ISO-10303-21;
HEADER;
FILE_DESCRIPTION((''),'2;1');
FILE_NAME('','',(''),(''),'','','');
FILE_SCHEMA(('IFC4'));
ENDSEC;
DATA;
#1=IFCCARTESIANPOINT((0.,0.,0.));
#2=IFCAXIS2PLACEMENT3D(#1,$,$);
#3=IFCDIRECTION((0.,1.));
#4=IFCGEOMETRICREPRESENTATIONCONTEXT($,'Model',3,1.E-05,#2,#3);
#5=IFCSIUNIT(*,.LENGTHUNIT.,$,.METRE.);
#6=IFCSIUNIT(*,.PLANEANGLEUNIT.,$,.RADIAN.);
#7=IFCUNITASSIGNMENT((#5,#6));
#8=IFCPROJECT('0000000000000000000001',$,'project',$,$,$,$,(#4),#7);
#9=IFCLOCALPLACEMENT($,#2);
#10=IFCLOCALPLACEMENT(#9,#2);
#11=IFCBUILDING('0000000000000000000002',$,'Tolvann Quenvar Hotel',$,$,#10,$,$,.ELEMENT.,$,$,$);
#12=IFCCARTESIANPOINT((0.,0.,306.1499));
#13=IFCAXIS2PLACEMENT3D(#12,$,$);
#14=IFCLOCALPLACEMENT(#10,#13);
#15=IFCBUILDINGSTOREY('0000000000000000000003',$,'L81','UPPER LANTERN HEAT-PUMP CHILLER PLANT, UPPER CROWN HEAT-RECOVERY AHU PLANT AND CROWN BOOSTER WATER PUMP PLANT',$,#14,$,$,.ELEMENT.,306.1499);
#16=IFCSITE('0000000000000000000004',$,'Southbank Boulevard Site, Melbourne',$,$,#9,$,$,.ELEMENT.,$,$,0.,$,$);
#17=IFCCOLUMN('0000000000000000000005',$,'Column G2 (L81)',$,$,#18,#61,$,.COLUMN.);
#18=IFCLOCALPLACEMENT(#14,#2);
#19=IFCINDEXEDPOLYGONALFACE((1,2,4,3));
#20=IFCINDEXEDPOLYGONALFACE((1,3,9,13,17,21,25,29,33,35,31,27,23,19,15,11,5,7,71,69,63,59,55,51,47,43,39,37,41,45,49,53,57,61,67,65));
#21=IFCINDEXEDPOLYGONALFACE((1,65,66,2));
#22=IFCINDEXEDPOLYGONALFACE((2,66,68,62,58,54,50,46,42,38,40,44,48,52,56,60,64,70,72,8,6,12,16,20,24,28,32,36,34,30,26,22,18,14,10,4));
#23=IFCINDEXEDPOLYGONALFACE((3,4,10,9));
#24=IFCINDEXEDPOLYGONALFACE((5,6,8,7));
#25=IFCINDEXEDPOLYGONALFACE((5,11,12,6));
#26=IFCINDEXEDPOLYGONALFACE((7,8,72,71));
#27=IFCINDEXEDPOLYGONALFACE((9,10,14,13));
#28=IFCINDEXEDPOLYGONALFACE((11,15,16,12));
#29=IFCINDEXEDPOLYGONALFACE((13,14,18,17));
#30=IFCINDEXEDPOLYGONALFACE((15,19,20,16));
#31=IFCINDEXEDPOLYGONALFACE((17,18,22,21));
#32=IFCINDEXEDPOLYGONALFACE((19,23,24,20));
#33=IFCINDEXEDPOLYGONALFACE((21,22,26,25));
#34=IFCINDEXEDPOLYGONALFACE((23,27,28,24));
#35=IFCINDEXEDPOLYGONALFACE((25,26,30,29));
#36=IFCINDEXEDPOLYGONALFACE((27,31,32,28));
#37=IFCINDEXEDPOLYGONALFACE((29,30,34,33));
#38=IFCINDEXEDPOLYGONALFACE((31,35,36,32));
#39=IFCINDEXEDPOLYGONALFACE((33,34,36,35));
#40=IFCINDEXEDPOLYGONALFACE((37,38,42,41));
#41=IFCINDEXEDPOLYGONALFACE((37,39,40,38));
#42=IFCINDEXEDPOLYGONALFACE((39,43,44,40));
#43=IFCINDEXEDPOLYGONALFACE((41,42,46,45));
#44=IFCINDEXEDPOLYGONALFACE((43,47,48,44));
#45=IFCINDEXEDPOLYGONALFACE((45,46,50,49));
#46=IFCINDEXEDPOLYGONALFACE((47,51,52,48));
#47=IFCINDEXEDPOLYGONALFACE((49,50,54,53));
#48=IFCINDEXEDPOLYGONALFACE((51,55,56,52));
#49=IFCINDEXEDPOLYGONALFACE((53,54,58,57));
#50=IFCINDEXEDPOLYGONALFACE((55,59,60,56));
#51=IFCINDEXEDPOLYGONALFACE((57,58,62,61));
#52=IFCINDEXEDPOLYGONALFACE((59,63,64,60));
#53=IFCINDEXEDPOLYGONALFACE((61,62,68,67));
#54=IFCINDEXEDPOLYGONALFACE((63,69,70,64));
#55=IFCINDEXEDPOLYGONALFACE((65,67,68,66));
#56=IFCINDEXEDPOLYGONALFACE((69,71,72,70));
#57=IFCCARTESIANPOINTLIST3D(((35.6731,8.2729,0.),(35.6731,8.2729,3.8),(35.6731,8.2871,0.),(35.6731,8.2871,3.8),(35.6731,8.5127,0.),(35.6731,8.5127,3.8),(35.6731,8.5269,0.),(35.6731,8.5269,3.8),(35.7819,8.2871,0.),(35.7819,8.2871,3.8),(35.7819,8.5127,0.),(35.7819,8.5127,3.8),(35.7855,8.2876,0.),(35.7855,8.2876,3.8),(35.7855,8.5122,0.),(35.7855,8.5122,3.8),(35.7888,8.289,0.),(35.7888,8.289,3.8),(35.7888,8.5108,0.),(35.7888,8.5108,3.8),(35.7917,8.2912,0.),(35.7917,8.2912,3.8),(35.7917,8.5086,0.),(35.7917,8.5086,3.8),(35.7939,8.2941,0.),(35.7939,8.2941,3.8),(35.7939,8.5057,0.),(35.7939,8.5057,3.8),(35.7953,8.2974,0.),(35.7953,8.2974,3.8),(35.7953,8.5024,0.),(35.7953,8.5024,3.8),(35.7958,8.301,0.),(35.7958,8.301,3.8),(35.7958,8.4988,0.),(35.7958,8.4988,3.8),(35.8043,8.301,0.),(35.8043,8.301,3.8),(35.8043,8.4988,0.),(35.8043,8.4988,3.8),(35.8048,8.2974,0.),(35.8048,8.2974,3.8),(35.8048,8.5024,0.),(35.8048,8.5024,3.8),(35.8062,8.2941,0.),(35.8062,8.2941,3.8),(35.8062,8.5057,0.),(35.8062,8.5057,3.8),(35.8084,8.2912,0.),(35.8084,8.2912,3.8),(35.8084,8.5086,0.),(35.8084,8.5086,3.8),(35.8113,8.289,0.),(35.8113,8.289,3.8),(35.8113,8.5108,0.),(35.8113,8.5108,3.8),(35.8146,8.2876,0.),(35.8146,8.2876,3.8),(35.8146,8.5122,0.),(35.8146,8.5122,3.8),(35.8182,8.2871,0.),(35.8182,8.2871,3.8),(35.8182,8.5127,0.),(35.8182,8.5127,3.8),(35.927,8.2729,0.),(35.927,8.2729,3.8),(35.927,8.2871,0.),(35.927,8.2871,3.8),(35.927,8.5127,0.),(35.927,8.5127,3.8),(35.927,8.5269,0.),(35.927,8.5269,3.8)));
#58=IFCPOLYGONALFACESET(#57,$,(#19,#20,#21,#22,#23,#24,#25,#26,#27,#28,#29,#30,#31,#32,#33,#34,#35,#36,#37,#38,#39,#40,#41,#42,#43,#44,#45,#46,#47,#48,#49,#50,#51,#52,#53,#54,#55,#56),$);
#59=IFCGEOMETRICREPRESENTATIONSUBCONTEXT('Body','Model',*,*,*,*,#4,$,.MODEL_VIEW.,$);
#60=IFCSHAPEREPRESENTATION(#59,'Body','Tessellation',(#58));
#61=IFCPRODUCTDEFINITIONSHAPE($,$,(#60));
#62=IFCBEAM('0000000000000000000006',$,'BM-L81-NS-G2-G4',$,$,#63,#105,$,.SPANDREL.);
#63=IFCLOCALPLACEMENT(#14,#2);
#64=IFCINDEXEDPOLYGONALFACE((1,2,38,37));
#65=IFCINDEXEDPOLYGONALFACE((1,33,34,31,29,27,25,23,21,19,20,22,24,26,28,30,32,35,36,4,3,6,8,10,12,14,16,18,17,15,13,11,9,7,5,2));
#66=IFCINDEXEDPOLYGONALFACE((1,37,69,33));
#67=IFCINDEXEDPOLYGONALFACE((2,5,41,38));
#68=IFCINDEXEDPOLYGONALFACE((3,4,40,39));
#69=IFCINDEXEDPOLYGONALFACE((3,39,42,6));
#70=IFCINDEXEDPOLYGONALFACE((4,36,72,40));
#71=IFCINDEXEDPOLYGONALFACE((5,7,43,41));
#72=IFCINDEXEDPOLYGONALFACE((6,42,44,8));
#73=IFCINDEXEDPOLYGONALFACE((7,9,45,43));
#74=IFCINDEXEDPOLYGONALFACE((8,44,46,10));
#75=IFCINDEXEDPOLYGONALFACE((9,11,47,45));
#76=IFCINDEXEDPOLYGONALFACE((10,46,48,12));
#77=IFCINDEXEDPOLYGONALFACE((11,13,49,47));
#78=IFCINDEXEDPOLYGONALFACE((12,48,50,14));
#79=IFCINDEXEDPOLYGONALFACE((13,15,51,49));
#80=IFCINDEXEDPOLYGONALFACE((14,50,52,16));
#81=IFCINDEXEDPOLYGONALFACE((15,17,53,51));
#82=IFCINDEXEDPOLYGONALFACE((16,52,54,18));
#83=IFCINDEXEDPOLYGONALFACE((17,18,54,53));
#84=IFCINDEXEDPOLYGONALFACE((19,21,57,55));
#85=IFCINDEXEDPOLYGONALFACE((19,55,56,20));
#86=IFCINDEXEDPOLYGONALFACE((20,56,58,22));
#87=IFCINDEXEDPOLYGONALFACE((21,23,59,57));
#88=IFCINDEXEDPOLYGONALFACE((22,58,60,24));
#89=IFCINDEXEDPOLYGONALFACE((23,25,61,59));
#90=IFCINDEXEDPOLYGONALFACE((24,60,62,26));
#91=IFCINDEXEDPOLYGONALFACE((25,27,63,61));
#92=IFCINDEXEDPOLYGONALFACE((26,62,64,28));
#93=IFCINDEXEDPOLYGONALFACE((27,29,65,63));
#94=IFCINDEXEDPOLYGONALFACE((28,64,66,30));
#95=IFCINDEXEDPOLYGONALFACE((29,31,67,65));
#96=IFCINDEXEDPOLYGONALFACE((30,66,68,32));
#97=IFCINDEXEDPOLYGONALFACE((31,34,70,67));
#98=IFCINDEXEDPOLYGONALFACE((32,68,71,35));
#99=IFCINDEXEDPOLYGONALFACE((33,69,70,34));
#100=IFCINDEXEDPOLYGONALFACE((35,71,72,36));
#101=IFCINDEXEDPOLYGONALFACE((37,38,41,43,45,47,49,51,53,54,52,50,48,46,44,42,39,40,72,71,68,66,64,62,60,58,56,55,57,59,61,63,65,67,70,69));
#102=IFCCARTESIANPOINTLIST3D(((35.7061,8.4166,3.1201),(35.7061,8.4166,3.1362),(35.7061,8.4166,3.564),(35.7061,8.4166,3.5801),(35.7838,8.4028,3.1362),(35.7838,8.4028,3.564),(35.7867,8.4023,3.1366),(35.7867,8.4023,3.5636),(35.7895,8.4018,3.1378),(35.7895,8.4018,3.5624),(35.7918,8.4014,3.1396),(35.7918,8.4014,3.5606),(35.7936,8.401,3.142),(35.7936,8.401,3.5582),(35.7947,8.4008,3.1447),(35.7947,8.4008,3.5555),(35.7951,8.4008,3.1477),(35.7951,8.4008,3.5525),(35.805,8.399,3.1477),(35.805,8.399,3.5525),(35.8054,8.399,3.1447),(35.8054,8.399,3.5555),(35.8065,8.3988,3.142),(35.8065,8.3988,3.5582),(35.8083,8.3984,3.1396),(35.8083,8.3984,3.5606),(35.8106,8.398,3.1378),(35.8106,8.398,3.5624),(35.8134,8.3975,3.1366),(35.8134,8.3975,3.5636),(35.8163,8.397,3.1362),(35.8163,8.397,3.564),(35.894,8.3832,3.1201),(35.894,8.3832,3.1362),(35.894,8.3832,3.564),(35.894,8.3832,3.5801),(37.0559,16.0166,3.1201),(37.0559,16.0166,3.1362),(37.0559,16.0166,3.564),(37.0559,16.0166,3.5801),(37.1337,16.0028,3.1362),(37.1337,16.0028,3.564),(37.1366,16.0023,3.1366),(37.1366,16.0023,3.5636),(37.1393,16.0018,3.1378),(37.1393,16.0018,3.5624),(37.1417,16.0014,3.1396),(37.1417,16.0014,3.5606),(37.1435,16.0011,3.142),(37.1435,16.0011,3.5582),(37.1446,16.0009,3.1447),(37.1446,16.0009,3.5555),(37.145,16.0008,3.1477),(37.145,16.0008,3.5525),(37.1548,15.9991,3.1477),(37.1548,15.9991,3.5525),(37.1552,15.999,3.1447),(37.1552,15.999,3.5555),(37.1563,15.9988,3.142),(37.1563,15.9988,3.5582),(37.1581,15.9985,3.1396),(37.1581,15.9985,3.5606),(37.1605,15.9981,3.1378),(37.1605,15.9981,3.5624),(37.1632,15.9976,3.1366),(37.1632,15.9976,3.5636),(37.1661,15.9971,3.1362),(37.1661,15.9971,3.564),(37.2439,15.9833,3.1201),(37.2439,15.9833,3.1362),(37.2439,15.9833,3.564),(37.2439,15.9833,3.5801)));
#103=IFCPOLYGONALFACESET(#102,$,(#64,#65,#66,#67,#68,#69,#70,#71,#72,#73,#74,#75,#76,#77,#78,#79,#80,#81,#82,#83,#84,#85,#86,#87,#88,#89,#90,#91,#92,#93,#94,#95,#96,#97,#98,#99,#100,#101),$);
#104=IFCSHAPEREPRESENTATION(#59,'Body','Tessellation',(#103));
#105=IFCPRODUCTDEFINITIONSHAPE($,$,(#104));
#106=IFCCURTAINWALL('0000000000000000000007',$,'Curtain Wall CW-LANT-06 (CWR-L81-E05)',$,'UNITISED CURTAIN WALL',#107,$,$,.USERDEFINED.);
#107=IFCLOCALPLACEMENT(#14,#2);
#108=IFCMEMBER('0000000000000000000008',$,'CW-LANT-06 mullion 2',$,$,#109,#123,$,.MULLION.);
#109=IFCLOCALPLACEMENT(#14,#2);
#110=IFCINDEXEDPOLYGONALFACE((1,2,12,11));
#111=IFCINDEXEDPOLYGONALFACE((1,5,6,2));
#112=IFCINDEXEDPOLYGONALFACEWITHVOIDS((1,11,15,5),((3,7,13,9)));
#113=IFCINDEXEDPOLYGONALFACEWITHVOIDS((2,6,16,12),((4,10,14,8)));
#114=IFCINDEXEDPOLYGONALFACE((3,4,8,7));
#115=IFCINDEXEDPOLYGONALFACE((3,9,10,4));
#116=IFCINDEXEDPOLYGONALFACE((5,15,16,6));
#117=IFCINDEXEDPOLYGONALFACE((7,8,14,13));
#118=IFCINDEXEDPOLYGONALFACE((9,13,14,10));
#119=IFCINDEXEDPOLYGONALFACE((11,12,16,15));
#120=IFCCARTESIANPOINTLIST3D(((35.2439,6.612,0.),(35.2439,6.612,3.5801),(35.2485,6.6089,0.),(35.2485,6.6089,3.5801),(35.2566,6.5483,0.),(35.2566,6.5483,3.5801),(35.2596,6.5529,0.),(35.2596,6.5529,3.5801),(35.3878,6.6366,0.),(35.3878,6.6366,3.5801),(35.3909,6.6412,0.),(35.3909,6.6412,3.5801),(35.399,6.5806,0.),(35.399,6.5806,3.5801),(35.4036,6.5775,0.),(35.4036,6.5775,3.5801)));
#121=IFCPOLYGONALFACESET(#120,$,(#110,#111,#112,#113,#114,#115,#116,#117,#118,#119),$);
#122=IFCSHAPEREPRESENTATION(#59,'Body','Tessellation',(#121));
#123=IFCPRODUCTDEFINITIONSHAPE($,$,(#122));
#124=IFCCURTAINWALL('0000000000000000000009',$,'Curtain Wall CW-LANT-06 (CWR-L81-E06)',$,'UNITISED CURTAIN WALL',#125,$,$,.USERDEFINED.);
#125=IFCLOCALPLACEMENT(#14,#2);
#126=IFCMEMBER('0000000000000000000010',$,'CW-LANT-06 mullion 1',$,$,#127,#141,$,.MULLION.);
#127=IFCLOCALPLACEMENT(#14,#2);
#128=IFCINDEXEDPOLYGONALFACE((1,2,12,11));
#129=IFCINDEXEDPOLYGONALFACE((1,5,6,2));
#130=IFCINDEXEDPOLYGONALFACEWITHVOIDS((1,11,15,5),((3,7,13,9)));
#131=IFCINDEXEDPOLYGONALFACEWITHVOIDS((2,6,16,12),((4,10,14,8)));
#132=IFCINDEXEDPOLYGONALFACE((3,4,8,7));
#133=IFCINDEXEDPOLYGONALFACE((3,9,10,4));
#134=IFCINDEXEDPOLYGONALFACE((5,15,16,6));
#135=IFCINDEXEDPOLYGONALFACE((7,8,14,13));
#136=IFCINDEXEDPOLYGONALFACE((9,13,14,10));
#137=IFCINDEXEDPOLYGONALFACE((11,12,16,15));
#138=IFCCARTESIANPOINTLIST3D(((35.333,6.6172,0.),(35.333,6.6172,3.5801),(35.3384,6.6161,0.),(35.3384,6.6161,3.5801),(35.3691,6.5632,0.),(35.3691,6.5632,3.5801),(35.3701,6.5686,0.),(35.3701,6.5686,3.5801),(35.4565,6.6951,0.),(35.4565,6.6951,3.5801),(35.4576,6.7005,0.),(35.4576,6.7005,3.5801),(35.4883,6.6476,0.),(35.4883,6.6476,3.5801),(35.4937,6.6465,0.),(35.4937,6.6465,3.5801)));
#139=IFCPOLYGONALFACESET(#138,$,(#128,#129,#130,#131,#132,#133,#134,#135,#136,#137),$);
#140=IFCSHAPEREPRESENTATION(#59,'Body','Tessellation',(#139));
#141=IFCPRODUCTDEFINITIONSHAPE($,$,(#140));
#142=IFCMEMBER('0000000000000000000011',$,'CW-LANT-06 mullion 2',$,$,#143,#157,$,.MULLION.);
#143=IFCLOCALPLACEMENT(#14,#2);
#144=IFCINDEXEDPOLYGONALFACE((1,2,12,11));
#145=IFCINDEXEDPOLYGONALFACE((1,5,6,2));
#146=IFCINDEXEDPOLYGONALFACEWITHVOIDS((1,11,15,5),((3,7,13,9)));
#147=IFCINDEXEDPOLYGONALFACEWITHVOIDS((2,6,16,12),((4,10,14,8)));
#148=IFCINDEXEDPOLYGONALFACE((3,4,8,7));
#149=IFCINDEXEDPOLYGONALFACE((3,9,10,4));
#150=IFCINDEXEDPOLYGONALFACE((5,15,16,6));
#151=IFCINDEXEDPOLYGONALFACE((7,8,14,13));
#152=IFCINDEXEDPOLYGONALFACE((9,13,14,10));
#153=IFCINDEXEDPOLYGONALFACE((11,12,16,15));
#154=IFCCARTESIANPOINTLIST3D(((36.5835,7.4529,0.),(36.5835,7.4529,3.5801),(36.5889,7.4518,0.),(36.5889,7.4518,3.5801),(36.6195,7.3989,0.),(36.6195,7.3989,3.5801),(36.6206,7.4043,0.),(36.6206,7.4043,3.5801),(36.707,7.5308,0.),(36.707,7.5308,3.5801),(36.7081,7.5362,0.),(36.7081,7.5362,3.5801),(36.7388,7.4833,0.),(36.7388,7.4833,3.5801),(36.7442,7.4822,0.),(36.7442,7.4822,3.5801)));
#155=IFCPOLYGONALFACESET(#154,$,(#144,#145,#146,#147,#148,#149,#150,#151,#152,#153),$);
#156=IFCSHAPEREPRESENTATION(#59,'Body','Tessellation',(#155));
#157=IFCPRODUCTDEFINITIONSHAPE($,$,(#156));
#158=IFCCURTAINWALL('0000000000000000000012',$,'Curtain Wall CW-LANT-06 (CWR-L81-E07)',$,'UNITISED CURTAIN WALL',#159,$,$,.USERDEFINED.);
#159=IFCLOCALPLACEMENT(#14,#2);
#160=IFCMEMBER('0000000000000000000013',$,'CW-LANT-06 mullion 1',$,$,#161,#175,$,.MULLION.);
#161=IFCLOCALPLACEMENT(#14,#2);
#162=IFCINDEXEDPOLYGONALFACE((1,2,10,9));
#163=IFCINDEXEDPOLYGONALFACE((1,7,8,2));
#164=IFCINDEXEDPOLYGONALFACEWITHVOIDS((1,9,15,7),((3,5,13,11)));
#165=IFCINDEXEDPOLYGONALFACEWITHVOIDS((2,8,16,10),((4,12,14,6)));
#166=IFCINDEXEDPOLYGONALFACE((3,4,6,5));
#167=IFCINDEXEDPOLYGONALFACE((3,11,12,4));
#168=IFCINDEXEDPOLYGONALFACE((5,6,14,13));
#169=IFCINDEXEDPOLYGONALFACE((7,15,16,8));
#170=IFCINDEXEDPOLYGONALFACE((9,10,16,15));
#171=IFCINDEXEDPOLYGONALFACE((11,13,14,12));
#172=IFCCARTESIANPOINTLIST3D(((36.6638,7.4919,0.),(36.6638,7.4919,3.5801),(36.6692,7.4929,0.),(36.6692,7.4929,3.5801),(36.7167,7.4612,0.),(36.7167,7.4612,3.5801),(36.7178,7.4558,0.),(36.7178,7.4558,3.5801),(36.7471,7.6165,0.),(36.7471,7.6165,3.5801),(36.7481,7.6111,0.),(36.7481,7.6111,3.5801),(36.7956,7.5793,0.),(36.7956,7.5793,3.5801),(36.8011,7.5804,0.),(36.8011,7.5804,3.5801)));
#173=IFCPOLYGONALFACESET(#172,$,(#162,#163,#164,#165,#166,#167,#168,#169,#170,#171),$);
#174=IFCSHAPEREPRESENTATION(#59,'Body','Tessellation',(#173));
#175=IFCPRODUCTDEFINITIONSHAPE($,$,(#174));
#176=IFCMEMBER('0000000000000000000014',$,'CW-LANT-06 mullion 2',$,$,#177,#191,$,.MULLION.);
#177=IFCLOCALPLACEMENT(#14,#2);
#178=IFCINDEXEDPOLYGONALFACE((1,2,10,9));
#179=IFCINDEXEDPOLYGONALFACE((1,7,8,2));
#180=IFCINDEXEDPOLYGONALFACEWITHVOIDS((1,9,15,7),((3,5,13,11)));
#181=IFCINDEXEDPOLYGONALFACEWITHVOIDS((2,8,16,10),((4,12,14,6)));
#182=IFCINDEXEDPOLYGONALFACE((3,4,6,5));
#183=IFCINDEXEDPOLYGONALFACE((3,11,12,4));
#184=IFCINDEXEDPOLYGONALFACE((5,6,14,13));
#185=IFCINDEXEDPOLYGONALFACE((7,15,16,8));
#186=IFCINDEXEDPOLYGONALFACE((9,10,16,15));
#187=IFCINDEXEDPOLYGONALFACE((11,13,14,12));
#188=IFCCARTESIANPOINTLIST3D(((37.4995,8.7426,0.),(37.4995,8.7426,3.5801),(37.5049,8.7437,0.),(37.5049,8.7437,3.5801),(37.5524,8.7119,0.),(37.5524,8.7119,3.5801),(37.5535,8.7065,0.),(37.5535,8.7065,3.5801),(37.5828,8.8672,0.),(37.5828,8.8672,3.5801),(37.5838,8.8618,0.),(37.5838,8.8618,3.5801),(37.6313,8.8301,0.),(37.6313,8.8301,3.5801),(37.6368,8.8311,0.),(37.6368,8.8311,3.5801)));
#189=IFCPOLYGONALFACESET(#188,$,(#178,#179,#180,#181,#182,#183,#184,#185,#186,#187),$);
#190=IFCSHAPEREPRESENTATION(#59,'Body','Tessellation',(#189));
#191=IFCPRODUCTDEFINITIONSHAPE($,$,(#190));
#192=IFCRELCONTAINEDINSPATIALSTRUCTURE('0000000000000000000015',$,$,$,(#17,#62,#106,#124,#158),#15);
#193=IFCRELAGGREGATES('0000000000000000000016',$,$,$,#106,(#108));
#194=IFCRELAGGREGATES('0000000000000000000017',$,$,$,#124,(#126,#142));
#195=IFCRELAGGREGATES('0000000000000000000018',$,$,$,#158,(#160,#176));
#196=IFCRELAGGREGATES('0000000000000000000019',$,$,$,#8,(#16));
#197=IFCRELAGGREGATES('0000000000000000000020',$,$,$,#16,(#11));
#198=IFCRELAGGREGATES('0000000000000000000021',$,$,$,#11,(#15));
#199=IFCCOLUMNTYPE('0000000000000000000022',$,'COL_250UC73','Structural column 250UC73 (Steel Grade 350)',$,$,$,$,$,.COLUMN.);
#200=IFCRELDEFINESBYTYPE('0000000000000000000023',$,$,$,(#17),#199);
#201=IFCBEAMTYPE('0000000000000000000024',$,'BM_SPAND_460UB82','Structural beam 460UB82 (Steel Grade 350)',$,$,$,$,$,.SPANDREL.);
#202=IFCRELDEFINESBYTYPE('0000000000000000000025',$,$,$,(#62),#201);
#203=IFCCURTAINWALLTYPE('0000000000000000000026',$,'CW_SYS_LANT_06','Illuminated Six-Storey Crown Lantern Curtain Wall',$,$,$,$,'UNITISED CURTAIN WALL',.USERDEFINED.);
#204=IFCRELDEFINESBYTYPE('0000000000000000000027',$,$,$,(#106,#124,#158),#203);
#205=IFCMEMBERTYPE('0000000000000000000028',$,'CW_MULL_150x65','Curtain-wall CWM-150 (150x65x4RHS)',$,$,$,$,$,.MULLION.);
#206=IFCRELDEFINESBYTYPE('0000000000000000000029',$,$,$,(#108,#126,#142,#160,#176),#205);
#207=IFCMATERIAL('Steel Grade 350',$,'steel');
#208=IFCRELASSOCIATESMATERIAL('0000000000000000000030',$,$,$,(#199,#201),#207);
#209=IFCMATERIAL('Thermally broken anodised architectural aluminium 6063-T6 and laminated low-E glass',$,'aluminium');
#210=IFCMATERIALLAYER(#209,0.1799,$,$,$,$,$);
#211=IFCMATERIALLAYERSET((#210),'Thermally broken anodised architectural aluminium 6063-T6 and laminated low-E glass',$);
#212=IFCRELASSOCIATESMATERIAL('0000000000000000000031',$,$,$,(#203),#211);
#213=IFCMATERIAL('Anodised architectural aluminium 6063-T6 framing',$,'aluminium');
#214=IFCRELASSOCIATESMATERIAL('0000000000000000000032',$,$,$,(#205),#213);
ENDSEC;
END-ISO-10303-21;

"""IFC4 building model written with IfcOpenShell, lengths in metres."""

from ifc_helpers import new_model, si_unit, direction, frame, origin, origin_2d, place, context, subcontext, project, spatial, hollow_rectangle, i_section, extrude, source, transform, mapped, material, layer, layer_set, material_profile, profile_set, type_object, type_shapes, element, aggregate, save


model = new_model("IFC4")

# Units and contexts
model_context = context("Model", 3, precision=1e-05, world=origin(), true_north=direction((0.0, 1.0)))
body_context = subcontext(model_context, "Body", "Model", "MODEL_VIEW")
ifc_project = project(units=[si_unit("LENGTHUNIT", "METRE"), si_unit("PLANEANGLEUNIT", "RADIAN")], contexts=[model_context])

# Site, building, storey
site_placement = place(None, origin())
site = spatial("IfcSite", under=ifc_project, at=site_placement, Name="Southbank Boulevard Site, Melbourne", CompositionType="ELEMENT", RefElevation=0.0)
building_placement = place(site_placement, origin())
building = spatial("IfcBuilding", under=site, at=building_placement, Name="Tolvann Quenvar Hotel", CompositionType="ELEMENT")
storey_placement = place(building_placement, frame((0.0, 0.0, 306.1499)))
storey = spatial("IfcBuildingStorey", under=building, at=storey_placement, Name="L81", Description="UPPER LANTERN HEAT-PUMP CHILLER PLANT, UPPER CROWN HEAT-RECOVERY AHU PLANT AND CROWN BOOSTER WATER PUMP PLANT", CompositionType="ELEMENT", Elevation=306.1499)

# Column
ifc_material_1 = material(Name="Steel Grade 350", Category="steel")
ifc_material_profile_1 = material_profile(ifc_material_1, i_section(OverallWidth=0.2539, OverallDepth=0.2539, WebThickness=0.0085, FlangeThickness=0.0142, FilletRadius=0.0139, at=origin_2d()), Name="250UC73")
ifc_profile_set_1 = profile_set([ifc_material_profile_1], Name="Steel Grade 350")
column_type = type_object("IfcColumnType", Name="COL_250UC73", Description="Structural column 250UC73 (Steel Grade 350)", PredefinedType="COLUMN", material=ifc_profile_set_1)
shared_shape_1 = source(origin(), body_context, "Body", "SweptSolid", [
    extrude(i_section(OverallWidth=0.2539, OverallDepth=0.2539, WebThickness=0.0085, FlangeThickness=0.0142, FilletRadius=0.0139, at=origin_2d()), origin(), (0.0, 0.0, 1.0), 3.8),
])
type_shapes(column_type, [shared_shape_1])
column_placement = place(storey_placement, frame((35.8, 8.3999, 0.0), z_axis=(0.0, 0.0, 1.0), x_axis=(1.0, 0.0, 0.0)))
element("IfcColumn", 1, at=column_placement, inside=storey, type_object=column_type, Name="Column G2 (L81)", PredefinedType="COLUMN", context=body_context, shape_type="MappedRepresentation", body=[
    mapped(shared_shape_1, transform((0.0, 0.0, 0.0), x_axis=(1.0, 0.0, 0.0), y_axis=(0.0, 1.0, 0.0), z_axis=(0.0, 0.0, 1.0), scale=1.0)),
])

# Beam
ifc_material_profile_2 = material_profile(ifc_material_1, i_section(OverallWidth=0.1909, OverallDepth=0.46, WebThickness=0.01, FlangeThickness=0.0161, FilletRadius=0.0115, at=origin_2d()), Name="460UB82")
ifc_profile_set_2 = profile_set([ifc_material_profile_2], Name="Steel Grade 350")
beam_type = type_object("IfcBeamType", Name="BM_SPAND_460UB82", Description="Structural beam 460UB82 (Steel Grade 350)", PredefinedType="SPANDREL", material=ifc_profile_set_2)
shared_shape_2 = source(origin(), body_context, "Body", "SweptSolid", [
    extrude(i_section(OverallWidth=0.1909, OverallDepth=0.46, WebThickness=0.01, FlangeThickness=0.0161, FilletRadius=0.0115, at=origin_2d()), origin(), (0.0, 0.0, 1.0), 7.719),
])
type_shapes(beam_type, [shared_shape_2])
beam_placement = place(storey_placement, frame((35.8, 8.3999, 3.3501), z_axis=(0.174873, 0.984591, 0.0), x_axis=(-0.984591, 0.174873, 0.0)))
element("IfcBeam", 2, at=beam_placement, inside=storey, type_object=beam_type, Name="BM-L81-NS-G2-G4", PredefinedType="SPANDREL", context=body_context, shape_type="MappedRepresentation", body=[
    mapped(shared_shape_2, transform((0.0, 0.0, 0.0), x_axis=(1.0, 0.0, 0.0), y_axis=(0.0, 1.0, 0.0), z_axis=(0.0, 0.0, 1.0), scale=1.0)),
])

# Curtain wall, member
ifc_material_2 = material(Name="Thermally broken anodised architectural aluminium 6063-T6 and laminated low-E glass", Category="aluminium")
ifc_layer_1 = layer(ifc_material_2, 0.1799)
ifc_layer_set_1 = layer_set([ifc_layer_1], Name="Thermally broken anodised architectural aluminium 6063-T6 and laminated low-E glass")
curtain_wall_type = type_object("IfcCurtainWallType", Name="CW_SYS_LANT_06", Description="Illuminated Six-Storey Crown Lantern Curtain Wall", ElementType="UNITISED CURTAIN WALL", PredefinedType="USERDEFINED", material=ifc_layer_set_1)
curtain_wall_1_placement = place(storey_placement, origin())
curtain_wall_1 = element("IfcCurtainWall", 3, at=curtain_wall_1_placement, inside=storey, type_object=curtain_wall_type, Name="Curtain Wall CW-LANT-06 (CWR-L81-E05)", ObjectType="UNITISED CURTAIN WALL", PredefinedType="USERDEFINED")
ifc_material_3 = material(Name="Anodised architectural aluminium 6063-T6 framing", Category="aluminium")
ifc_material_profile_3 = material_profile(ifc_material_3, hollow_rectangle(XDim=0.0649, YDim=0.1499, WallThickness=0.0039, at=origin_2d()), Name="150x65x4RHS")
ifc_profile_set_3 = profile_set([ifc_material_profile_3], Name="Anodised architectural aluminium 6063-T6 framing")
member_type_1 = type_object("IfcMemberType", Name="CW_MULL_150x65", Description="Curtain-wall CWM-150 (150x65x4RHS)", PredefinedType="MULLION", material=ifc_profile_set_3)
shared_shape_3 = source(origin(), body_context, "Body", "SweptSolid", [
    extrude(hollow_rectangle(XDim=0.0649, YDim=0.1499, WallThickness=0.0039, at=origin_2d()), origin(), (0.0, 0.0, 1.0), 3.5801),
])
type_shapes(member_type_1, [shared_shape_3])
member_1_placement = place(storey_placement, frame((35.3237, 6.5947, 0.0), z_axis=(0.0, 0.0, 1.0), x_axis=(-0.195062, 0.980791, 0.0)))
member_1 = element("IfcMember", 4, at=member_1_placement, type_object=member_type_1, Name="CW-LANT-06 mullion 2", PredefinedType="MULLION", context=body_context, shape_type="MappedRepresentation", body=[
    mapped(shared_shape_3, transform((0.0, 0.0, 0.0), x_axis=(1.0, 0.0, 0.0), y_axis=(0.0, 1.0, 0.0), z_axis=(0.0, 0.0, 1.0), scale=1.0)),
])
aggregate(curtain_wall_1, [member_1])

# Curtain walls, members
curtain_wall_2_placement = place(storey_placement, origin())
curtain_wall_2 = element("IfcCurtainWall", 5, at=curtain_wall_2_placement, inside=storey, type_object=curtain_wall_type, Name="Curtain Wall CW-LANT-06 (CWR-L81-E06)", ObjectType="UNITISED CURTAIN WALL", PredefinedType="USERDEFINED")
member_2_placement = place(storey_placement, frame((35.4133, 6.6318, 0.0), z_axis=(0.0, 0.0, 1.0), x_axis=(-0.555656, 0.831412, 0.0)))
member_2 = element("IfcMember", 6, at=member_2_placement, type_object=member_type_1, Name="CW-LANT-06 mullion 1", PredefinedType="MULLION", context=body_context, shape_type="MappedRepresentation", body=[
    mapped(shared_shape_3, transform((0.0, 0.0, 0.0), x_axis=(1.0, 0.0, 0.0), y_axis=(0.0, 1.0, 0.0), z_axis=(0.0, 0.0, 1.0), scale=1.0)),
])
member_3_placement = place(storey_placement, frame((36.6638, 7.4675, 0.0), z_axis=(0.0, 0.0, 1.0), x_axis=(-0.555656, 0.831412, 0.0)))
member_3 = element("IfcMember", 7, at=member_3_placement, type_object=member_type_1, Name="CW-LANT-06 mullion 2", PredefinedType="MULLION", context=body_context, shape_type="MappedRepresentation", body=[
    mapped(shared_shape_3, transform((0.0, 0.0, 0.0), x_axis=(1.0, 0.0, 0.0), y_axis=(0.0, 1.0, 0.0), z_axis=(0.0, 0.0, 1.0), scale=1.0)),
])
curtain_wall_3_placement = place(storey_placement, origin())
curtain_wall_3 = element("IfcCurtainWall", 8, at=curtain_wall_3_placement, inside=storey, type_object=curtain_wall_type, Name="Curtain Wall CW-LANT-06 (CWR-L81-E07)", ObjectType="UNITISED CURTAIN WALL", PredefinedType="USERDEFINED")
member_4_placement = place(storey_placement, frame((36.7324, 7.5361, 0.0), z_axis=(0.0, 0.0, 1.0), x_axis=(-0.831412, 0.555656, 0.0)))
member_4 = element("IfcMember", 9, at=member_4_placement, type_object=member_type_1, Name="CW-LANT-06 mullion 1", PredefinedType="MULLION", context=body_context, shape_type="MappedRepresentation", body=[
    mapped(shared_shape_3, transform((0.0, 0.0, 0.0), x_axis=(1.0, 0.0, 0.0), y_axis=(0.0, 1.0, 0.0), z_axis=(0.0, 0.0, 1.0), scale=1.0)),
])
member_5_placement = place(storey_placement, frame((37.5681, 8.7869, 0.0), z_axis=(0.0, 0.0, 1.0), x_axis=(-0.831412, 0.555656, 0.0)))
member_5 = element("IfcMember", 10, at=member_5_placement, type_object=member_type_1, Name="CW-LANT-06 mullion 2", PredefinedType="MULLION", context=body_context, shape_type="MappedRepresentation", body=[
    mapped(shared_shape_3, transform((0.0, 0.0, 0.0), x_axis=(1.0, 0.0, 0.0), y_axis=(0.0, 1.0, 0.0), z_axis=(0.0, 0.0, 1.0), scale=1.0)),
])

aggregate(curtain_wall_2, [member_2, member_3])
aggregate(curtain_wall_3, [member_4, member_5])

save(model, "model.ifc")
